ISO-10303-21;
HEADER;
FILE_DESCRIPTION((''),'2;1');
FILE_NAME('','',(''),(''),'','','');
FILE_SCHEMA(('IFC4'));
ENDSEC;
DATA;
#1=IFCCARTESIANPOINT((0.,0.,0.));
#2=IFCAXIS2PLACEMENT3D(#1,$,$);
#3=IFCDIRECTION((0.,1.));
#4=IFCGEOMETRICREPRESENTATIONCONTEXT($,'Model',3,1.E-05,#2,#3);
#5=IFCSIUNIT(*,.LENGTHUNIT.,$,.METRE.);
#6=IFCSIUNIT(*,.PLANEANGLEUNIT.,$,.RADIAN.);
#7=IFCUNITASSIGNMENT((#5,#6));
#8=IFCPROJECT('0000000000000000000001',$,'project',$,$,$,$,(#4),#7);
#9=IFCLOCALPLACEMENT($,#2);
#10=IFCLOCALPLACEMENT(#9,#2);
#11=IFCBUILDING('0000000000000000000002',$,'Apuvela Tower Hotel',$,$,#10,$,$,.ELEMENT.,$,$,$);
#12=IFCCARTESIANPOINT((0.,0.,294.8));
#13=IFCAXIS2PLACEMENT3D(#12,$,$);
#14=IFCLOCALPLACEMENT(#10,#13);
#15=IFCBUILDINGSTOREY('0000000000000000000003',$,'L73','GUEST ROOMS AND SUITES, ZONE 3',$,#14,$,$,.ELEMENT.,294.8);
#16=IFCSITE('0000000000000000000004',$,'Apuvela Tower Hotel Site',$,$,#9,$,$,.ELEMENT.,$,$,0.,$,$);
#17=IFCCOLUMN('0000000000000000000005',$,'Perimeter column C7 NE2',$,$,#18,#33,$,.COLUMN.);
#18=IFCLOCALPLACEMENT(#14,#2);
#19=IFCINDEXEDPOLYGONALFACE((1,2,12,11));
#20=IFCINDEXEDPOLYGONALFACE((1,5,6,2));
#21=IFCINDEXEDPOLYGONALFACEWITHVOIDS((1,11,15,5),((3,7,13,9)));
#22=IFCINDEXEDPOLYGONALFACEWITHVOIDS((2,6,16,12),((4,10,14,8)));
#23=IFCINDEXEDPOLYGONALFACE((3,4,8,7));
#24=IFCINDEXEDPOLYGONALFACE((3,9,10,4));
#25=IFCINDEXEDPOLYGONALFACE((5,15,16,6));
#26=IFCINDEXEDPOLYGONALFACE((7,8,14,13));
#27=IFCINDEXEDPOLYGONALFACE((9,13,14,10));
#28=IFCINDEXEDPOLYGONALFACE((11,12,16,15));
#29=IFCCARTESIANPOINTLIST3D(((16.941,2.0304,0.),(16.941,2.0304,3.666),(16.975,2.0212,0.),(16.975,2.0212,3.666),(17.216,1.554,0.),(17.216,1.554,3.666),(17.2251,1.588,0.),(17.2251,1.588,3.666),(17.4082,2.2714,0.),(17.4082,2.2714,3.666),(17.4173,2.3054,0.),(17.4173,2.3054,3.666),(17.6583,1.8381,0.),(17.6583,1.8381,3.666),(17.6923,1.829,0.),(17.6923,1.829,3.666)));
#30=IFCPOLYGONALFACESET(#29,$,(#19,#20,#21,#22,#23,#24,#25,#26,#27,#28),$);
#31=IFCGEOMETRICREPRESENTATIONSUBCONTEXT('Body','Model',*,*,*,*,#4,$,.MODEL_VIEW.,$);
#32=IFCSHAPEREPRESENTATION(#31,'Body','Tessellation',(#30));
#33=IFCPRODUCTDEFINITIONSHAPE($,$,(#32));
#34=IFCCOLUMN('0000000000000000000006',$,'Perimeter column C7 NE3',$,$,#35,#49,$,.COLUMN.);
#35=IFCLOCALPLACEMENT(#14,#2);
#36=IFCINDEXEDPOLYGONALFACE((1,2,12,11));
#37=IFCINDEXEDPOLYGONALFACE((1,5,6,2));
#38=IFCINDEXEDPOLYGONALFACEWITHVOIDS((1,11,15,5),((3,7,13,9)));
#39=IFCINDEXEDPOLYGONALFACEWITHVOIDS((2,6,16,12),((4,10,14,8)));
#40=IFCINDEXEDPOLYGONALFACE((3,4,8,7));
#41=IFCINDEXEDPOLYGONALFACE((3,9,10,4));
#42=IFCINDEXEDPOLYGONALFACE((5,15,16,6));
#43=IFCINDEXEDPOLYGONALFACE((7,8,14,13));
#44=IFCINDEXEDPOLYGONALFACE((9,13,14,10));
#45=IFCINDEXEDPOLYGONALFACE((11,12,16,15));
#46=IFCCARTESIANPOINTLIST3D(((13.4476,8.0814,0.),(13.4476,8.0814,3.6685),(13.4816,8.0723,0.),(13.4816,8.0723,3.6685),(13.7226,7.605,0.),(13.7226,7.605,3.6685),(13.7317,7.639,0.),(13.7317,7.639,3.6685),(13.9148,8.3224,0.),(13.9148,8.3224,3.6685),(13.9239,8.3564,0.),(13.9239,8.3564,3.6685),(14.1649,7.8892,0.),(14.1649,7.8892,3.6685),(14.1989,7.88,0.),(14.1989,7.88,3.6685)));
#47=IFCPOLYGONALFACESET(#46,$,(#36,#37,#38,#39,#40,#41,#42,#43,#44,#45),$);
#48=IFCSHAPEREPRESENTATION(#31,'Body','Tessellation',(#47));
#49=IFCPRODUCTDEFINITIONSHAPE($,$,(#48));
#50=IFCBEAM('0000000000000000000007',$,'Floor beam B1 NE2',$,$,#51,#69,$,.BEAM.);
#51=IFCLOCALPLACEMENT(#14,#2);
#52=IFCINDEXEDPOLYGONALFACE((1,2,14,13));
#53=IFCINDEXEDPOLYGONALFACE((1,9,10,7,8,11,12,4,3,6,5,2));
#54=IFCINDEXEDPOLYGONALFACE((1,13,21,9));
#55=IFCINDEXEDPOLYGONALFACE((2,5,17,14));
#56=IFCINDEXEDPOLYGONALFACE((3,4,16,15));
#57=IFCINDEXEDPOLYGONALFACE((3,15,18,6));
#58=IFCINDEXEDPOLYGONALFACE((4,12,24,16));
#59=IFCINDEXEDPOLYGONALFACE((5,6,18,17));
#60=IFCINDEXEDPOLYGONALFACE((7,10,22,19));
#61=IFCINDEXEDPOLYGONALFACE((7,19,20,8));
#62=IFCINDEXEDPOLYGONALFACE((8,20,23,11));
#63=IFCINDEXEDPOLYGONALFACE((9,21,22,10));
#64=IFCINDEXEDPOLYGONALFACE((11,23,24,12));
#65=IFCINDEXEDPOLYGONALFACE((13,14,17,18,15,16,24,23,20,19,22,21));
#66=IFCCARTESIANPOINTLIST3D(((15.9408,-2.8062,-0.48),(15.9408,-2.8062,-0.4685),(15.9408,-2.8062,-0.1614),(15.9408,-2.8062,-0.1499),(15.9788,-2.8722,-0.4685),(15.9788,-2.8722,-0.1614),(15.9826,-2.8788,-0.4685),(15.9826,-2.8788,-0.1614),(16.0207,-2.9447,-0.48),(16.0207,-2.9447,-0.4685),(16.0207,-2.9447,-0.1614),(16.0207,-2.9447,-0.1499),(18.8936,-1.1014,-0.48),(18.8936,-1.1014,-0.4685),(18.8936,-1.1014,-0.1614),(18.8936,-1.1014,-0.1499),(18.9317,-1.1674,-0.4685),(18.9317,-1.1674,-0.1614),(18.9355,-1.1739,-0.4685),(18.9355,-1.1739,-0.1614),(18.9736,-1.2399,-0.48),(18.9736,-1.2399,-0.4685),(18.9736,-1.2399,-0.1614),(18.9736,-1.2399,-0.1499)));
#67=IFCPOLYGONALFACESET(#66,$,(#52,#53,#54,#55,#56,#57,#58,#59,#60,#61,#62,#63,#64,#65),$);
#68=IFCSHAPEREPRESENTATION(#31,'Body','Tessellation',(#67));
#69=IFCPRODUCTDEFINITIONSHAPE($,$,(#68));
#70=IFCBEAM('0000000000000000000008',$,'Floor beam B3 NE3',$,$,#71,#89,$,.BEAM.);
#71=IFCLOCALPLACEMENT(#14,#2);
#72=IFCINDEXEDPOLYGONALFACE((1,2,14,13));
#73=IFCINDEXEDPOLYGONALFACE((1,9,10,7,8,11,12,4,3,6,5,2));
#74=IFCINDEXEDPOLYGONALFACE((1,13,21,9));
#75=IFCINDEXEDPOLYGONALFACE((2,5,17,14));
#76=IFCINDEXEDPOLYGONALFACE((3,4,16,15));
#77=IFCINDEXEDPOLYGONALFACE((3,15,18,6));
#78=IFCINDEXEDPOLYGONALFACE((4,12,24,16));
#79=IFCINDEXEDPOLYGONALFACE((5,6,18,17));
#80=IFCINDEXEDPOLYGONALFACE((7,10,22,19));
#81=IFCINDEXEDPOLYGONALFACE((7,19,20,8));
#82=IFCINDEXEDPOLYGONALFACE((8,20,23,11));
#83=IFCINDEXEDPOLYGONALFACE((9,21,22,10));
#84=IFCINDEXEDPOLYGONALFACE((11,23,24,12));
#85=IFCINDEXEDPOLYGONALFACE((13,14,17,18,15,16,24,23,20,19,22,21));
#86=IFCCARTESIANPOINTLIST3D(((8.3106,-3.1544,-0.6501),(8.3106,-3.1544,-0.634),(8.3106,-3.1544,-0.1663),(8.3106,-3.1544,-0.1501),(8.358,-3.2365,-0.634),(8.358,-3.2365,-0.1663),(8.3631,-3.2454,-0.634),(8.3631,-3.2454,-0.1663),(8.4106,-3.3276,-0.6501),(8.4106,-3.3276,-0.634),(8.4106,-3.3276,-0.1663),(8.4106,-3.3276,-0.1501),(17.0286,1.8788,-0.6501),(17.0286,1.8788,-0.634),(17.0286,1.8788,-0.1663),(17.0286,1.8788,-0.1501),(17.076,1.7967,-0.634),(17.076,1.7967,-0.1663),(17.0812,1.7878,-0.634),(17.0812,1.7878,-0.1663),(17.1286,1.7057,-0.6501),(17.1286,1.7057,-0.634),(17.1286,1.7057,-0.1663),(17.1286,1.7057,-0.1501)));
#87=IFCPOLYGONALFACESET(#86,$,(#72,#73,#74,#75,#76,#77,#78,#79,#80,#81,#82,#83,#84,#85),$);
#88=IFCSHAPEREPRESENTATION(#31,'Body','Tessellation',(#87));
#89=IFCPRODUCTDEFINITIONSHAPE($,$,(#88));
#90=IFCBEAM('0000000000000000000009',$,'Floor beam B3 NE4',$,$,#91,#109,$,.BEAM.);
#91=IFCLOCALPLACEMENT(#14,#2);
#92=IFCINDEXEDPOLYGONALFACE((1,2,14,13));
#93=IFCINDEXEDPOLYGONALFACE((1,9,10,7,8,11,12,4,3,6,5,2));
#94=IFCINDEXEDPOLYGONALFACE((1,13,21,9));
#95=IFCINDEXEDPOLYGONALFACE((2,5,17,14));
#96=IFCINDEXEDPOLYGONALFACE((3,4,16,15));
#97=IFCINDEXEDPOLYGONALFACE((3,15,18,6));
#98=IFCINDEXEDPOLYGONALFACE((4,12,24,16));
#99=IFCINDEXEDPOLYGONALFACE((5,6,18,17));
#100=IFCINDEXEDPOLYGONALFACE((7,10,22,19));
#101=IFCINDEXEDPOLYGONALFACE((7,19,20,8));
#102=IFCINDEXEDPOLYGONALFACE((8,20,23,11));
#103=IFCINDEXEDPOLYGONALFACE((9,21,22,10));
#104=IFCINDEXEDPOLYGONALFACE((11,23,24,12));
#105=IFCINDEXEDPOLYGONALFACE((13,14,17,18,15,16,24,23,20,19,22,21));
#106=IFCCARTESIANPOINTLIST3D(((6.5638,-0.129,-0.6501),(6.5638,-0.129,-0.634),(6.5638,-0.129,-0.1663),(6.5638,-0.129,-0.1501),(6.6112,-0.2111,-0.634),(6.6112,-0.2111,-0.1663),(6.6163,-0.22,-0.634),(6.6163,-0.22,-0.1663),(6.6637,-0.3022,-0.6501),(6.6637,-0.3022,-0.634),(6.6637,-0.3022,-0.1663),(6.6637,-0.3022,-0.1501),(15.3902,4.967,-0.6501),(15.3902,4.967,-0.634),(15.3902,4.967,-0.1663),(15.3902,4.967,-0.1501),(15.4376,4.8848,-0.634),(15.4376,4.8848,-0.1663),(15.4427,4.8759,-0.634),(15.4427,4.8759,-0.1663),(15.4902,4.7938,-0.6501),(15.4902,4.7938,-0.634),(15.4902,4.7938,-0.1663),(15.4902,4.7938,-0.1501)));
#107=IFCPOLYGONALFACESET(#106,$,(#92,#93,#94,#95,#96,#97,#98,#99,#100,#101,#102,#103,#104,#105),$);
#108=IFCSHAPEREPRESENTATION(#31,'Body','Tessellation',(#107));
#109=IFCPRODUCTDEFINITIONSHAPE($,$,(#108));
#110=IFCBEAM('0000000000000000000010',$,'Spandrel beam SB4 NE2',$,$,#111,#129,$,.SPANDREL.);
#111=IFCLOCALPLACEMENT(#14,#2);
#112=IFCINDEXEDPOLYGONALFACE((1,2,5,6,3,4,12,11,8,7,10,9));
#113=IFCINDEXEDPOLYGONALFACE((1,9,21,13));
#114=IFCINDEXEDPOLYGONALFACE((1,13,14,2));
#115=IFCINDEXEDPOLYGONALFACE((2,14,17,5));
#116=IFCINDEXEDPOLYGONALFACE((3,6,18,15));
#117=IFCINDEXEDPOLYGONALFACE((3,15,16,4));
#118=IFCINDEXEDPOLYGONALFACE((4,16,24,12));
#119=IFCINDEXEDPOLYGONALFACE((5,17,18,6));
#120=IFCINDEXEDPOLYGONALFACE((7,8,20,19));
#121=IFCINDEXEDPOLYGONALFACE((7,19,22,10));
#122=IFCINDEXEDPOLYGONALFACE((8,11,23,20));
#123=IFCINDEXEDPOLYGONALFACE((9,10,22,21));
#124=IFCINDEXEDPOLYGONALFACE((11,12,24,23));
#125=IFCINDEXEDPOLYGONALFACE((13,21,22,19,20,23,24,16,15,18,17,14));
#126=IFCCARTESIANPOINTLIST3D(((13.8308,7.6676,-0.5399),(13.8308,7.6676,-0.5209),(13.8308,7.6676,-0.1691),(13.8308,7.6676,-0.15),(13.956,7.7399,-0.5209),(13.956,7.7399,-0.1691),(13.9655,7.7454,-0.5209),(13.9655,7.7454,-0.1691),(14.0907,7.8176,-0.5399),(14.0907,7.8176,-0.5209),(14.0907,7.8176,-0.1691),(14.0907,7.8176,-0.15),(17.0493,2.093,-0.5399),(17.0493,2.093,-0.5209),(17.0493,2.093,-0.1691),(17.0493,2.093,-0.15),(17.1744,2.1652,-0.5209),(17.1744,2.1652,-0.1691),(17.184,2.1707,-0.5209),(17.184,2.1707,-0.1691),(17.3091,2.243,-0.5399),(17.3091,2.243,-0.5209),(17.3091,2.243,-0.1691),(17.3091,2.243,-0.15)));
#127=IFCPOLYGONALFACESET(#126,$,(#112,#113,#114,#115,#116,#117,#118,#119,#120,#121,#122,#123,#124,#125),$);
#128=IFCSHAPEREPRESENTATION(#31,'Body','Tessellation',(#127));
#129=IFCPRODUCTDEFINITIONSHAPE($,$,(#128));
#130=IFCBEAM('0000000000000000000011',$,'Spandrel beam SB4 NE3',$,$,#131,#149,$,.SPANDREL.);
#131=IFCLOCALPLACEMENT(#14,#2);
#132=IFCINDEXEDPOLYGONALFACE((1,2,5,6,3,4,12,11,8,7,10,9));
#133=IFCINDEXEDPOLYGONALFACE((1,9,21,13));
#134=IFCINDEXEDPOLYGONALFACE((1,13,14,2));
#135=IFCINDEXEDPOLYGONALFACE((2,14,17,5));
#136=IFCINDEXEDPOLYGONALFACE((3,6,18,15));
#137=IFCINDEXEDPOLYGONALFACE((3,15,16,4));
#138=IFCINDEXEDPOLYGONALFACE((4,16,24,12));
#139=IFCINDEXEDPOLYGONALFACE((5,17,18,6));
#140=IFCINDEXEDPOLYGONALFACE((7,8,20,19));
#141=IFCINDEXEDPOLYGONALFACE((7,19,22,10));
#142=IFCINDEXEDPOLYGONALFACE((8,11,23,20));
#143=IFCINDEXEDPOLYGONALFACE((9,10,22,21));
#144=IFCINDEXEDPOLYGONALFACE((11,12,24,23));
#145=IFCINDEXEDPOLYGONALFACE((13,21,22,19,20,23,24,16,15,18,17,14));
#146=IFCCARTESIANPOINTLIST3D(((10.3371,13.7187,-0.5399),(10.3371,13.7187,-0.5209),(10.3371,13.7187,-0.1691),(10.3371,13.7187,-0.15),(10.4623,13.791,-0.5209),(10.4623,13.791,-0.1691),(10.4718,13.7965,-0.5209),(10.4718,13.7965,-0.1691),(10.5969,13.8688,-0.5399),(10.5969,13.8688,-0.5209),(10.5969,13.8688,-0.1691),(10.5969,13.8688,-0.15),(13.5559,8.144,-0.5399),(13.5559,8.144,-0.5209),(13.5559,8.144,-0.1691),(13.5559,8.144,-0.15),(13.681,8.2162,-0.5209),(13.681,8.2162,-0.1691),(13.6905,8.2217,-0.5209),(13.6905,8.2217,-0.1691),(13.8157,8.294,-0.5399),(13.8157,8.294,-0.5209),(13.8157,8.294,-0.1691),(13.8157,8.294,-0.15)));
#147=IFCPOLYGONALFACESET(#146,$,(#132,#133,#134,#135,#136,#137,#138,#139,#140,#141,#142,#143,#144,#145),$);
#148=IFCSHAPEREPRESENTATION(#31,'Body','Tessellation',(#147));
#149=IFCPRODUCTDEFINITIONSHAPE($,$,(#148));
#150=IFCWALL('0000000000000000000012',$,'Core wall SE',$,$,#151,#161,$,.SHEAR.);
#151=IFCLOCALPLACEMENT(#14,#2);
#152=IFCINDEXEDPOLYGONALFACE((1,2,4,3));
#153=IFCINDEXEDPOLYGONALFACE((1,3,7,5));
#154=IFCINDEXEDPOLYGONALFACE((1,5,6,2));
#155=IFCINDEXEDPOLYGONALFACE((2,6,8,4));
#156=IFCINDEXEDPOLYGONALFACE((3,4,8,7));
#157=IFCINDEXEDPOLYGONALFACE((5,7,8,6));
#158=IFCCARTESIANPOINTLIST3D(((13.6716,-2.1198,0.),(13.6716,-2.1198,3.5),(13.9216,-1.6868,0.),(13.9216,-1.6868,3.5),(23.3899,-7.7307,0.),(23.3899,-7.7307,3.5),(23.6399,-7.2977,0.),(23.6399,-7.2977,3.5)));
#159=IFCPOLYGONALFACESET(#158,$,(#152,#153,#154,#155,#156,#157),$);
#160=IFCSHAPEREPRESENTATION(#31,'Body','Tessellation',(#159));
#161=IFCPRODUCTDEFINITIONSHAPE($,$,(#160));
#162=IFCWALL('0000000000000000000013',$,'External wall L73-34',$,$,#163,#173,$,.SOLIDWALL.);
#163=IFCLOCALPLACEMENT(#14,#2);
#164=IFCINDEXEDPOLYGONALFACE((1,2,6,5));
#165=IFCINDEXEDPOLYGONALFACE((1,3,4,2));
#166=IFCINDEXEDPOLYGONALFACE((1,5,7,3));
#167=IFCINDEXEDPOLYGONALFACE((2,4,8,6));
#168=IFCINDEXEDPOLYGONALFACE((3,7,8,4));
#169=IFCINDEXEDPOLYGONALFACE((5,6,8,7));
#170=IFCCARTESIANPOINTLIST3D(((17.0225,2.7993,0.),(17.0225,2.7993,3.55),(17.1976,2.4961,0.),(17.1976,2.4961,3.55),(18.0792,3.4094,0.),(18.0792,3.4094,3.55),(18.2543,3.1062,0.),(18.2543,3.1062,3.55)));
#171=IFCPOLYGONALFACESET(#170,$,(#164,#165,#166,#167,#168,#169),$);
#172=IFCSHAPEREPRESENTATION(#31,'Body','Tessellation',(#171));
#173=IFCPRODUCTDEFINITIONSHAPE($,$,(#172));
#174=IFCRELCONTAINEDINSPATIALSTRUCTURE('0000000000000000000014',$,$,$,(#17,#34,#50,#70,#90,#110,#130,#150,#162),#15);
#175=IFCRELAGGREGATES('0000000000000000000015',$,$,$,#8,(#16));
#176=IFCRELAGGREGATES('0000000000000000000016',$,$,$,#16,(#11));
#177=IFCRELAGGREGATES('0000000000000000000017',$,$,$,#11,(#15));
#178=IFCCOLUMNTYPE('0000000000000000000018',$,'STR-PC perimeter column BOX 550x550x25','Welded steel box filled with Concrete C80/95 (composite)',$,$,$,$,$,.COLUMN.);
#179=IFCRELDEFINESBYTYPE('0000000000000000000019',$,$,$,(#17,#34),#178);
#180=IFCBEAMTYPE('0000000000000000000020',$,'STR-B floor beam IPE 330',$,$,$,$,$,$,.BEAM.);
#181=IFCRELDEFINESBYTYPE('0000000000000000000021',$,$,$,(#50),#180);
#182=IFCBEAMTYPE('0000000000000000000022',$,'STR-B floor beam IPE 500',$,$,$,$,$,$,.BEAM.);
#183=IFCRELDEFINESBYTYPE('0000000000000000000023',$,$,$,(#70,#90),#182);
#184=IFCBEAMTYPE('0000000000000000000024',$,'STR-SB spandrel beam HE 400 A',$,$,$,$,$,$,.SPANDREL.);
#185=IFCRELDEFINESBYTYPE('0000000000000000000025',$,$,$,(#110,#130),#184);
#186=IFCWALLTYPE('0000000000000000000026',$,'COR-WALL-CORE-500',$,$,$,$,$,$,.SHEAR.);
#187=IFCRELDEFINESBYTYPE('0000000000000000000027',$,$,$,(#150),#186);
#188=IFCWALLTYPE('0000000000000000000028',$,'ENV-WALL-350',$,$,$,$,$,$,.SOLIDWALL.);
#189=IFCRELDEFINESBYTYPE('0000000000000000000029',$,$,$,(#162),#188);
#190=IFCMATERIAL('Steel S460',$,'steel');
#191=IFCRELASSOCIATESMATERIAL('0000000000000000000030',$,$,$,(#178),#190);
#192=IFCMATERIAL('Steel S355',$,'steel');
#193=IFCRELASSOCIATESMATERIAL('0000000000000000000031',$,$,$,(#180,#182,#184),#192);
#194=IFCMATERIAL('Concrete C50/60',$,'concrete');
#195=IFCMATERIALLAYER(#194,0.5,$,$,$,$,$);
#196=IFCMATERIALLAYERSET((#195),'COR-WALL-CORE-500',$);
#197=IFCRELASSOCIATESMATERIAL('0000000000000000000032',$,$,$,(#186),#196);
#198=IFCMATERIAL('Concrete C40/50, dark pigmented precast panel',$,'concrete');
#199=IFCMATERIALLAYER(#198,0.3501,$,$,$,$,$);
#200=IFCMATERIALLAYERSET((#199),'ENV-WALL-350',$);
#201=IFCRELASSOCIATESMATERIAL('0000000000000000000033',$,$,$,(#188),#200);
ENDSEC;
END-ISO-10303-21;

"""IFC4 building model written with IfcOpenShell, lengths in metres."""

from ifc_helpers import new_model, si_unit, direction, frame, frame_2d, origin, origin_2d, place, context, subcontext, project, spatial, rectangle, hollow_rectangle, i_section, extrude, boolean, halfspace, material, layer, layer_set, material_profile, profile_set, type_object, element, save


model = new_model("IFC4")

# Units and contexts
model_context = context("Model", 3, precision=1e-05, world=origin(), true_north=direction((0.0, 1.0)))
body_context = subcontext(model_context, "Body", "Model", "MODEL_VIEW")
ifc_project = project(units=[si_unit("LENGTHUNIT", "METRE"), si_unit("PLANEANGLEUNIT", "RADIAN")], contexts=[model_context])

# Site, building, storey
site_placement = place(None, origin())
site = spatial("IfcSite", under=ifc_project, at=site_placement, Name="Apuvela Tower Hotel Site", CompositionType="ELEMENT", RefElevation=0.0)
building_placement = place(site_placement, origin())
building = spatial("IfcBuilding", under=site, at=building_placement, Name="Apuvela Tower Hotel", CompositionType="ELEMENT")
storey_placement = place(building_placement, frame((0.0, 0.0, 294.8)))
storey = spatial("IfcBuildingStorey", under=building, at=storey_placement, Name="L73", Description="GUEST ROOMS AND SUITES, ZONE 3", CompositionType="ELEMENT", Elevation=294.8)

# Columns
ifc_material_1 = material(Name="Steel S460", Category="steel")
ifc_material_profile_1 = material_profile(ifc_material_1, hollow_rectangle(XDim=0.55, YDim=0.55, WallThickness=0.0249, at=origin_2d()), Name="BOX 550x550x25")
ifc_material_2 = material(Name="Concrete C80/95", Category="concrete")
ifc_material_profile_2 = material_profile(ifc_material_2, rectangle(XDim=0.5, YDim=0.5, at=origin_2d()), Name="Concrete C80/95 infill")
ifc_profile_set_1 = profile_set([ifc_material_profile_1, ifc_material_profile_2], Name="Steel S460")
column_type = type_object("IfcColumnType", Name="STR-PC perimeter column BOX 550x550x25", Description="Welded steel box filled with Concrete C80/95 (composite)", PredefinedType="COLUMN", material=ifc_profile_set_1)
column_1_placement = place(storey_placement, frame((17.3167, 1.9297, 0.0), z_axis=(0.0, 0.0, 1.0), x_axis=(-0.5, 0.866025, 0.0)))
element("IfcColumn", 1, at=column_1_placement, inside=storey, type_object=column_type, Name="Perimeter column C7 NE2", PredefinedType="COLUMN", context=body_context, shape_type="SweptSolid", body=[
    boolean("DIFFERENCE", extrude(hollow_rectangle(XDim=0.55, YDim=0.55, WallThickness=0.0249, at=origin_2d()), origin(), (0.0, 0.0, 1.0), 3.7), halfspace(frame((0.0, 0.0, 3.666), z_axis=(0.0, 0.0, 1.0), x_axis=(1.0, 0.0, 0.0)), False)),
])
column_2_placement = place(storey_placement, frame((13.8232, 7.9807, 0.0), z_axis=(0.0, 0.0, 1.0), x_axis=(-0.5, 0.866025, 0.0)))
element("IfcColumn", 2, at=column_2_placement, inside=storey, type_object=column_type, Name="Perimeter column C7 NE3", PredefinedType="COLUMN", context=body_context, shape_type="SweptSolid", body=[
    boolean("DIFFERENCE", extrude(hollow_rectangle(XDim=0.55, YDim=0.55, WallThickness=0.0249, at=origin_2d()), origin(), (0.0, 0.0, 1.0), 3.7), halfspace(frame((0.0, 0.0, 3.6685), z_axis=(0.0, 0.0, 1.0), x_axis=(1.0, 0.0, 0.0)), False)),
])

# Beams
ifc_material_3 = material(Name="Steel S355", Category="steel")
ifc_material_profile_3 = material_profile(ifc_material_3, i_section(OverallWidth=0.1599, OverallDepth=0.3301, WebThickness=0.0076, FlangeThickness=0.0115, at=origin_2d()), Name="IPE 330")
ifc_profile_set_2 = profile_set([ifc_material_profile_3], Name="Steel S355")
beam_type_1 = type_object("IfcBeamType", Name="STR-B floor beam IPE 330", PredefinedType="BEAM", material=ifc_profile_set_2)
beam_1_placement = place(storey_placement, frame((18.9336, -1.1707, -0.3149), z_axis=(-0.866027, -0.499997, 0.0), x_axis=(0.499997, -0.866027, 0.0)))
element("IfcBeam", 3, at=beam_1_placement, inside=storey, type_object=beam_type_1, Name="Floor beam B1 NE2", PredefinedType="BEAM", context=body_context, shape_type="SweptSolid", body=[
    extrude(i_section(OverallWidth=0.1599, OverallDepth=0.3301, WebThickness=0.0076, FlangeThickness=0.0115, at=origin_2d()), origin(), (0.0, 0.0, 1.0), 3.4097),
])
ifc_material_profile_4 = material_profile(ifc_material_3, i_section(OverallWidth=0.2, OverallDepth=0.5, WebThickness=0.0103, FlangeThickness=0.0161, at=origin_2d()), Name="IPE 500")
ifc_profile_set_3 = profile_set([ifc_material_profile_4], Name="Steel S355")
beam_type_2 = type_object("IfcBeamType", Name="STR-B floor beam IPE 500", PredefinedType="BEAM", material=ifc_profile_set_3)
beam_2_placement = place(storey_placement, frame((17.0786, 1.7922, -0.4001), z_axis=(-0.866032, -0.499989, 0.0), x_axis=(0.499989, -0.866032, 0.0)))
element("IfcBeam", 4, at=beam_2_placement, inside=storey, type_object=beam_type_2, Name="Floor beam B3 NE3", PredefinedType="BEAM", context=body_context, shape_type="SweptSolid", body=[
    extrude(i_section(OverallWidth=0.2, OverallDepth=0.5, WebThickness=0.0103, FlangeThickness=0.0161, at=origin_2d()), origin(), (0.0, 0.0, 1.0), 10.0667),
])
beam_3_placement = place(storey_placement, frame((15.4402, 4.8804, -0.4001), z_axis=(-0.866025, -0.500001, 0.0), x_axis=(0.500001, -0.866025, 0.0)))
element("IfcBeam", 5, at=beam_3_placement, inside=storey, type_object=beam_type_2, Name="Floor beam B3 NE4", PredefinedType="BEAM", context=body_context, shape_type="SweptSolid", body=[
    extrude(i_section(OverallWidth=0.2, OverallDepth=0.5, WebThickness=0.0103, FlangeThickness=0.0161, at=origin_2d()), origin(), (0.0, 0.0, 1.0), 10.1919),
])
ifc_material_profile_5 = material_profile(ifc_material_3, i_section(OverallWidth=0.3, OverallDepth=0.3899, WebThickness=0.011, FlangeThickness=0.019, at=origin_2d()), Name="HE 400 A")
ifc_profile_set_4 = profile_set([ifc_material_profile_5], Name="Steel S355")
beam_type_3 = type_object("IfcBeamType", Name="STR-SB spandrel beam HE 400 A", PredefinedType="SPANDREL", material=ifc_profile_set_4)
beam_4_placement = place(storey_placement, frame((17.1792, 2.168, -0.345), z_axis=(-0.499994, 0.866029, 0.0), x_axis=(-0.866029, -0.499994, 0.0)))
element("IfcBeam", 6, at=beam_4_placement, inside=storey, type_object=beam_type_3, Name="Spandrel beam SB4 NE2", PredefinedType="SPANDREL", context=body_context, shape_type="SweptSolid", body=[
    extrude(i_section(OverallWidth=0.3, OverallDepth=0.3899, WebThickness=0.011, FlangeThickness=0.019, at=origin_2d()), origin(), (0.0, 0.0, 1.0), 6.437),
])
beam_5_placement = place(storey_placement, frame((13.6858, 8.219, -0.345), z_axis=(-0.500022, 0.866013, 0.0), x_axis=(-0.866013, -0.500022, 0.0)))
element("IfcBeam", 7, at=beam_5_placement, inside=storey, type_object=beam_type_3, Name="Spandrel beam SB4 NE3", PredefinedType="SPANDREL", context=body_context, shape_type="SweptSolid", body=[
    extrude(i_section(OverallWidth=0.3, OverallDepth=0.3899, WebThickness=0.011, FlangeThickness=0.019, at=origin_2d()), origin(), (0.0, 0.0, 1.0), 6.4373),
])

# Walls
ifc_material_4 = material(Name="Concrete C50/60", Category="concrete")
ifc_layer_1 = layer(ifc_material_4, 0.5)
ifc_layer_set_1 = layer_set([ifc_layer_1], Name="COR-WALL-CORE-500")
wall_type_1 = type_object("IfcWallType", Name="COR-WALL-CORE-500", PredefinedType="SHEAR", material=ifc_layer_set_1)
wall_1_placement = place(storey_placement, frame((13.7966, -1.9033, 0.0), z_axis=(0.0, 0.0, 1.0), x_axis=(0.866025, -0.5, 0.0)))
element("IfcWall", 8, at=wall_1_placement, inside=storey, type_object=wall_type_1, Name="Core wall SE", PredefinedType="SHEAR", context=body_context, shape_type="SweptSolid", body=[
    extrude(rectangle(XDim=11.2217, YDim=0.5, at=frame_2d((5.6108, 0.0))), origin(), (0.0, 0.0, 1.0), 3.5),
])
ifc_material_5 = material(Name="Concrete C40/50, dark pigmented precast panel", Category="concrete")
ifc_layer_2 = layer(ifc_material_5, 0.3501)
ifc_layer_set_2 = layer_set([ifc_layer_2], Name="ENV-WALL-350")
wall_type_2 = type_object("IfcWallType", Name="ENV-WALL-350", PredefinedType="SOLIDWALL", material=ifc_layer_set_2)
wall_2_placement = place(storey_placement, frame((18.1667, 3.2578, 0.0), z_axis=(0.0, 0.0, 1.0), x_axis=(-0.866006, -0.500034, 0.0)))
element("IfcWall", 9, at=wall_2_placement, inside=storey, type_object=wall_type_2, Name="External wall L73-34", PredefinedType="SOLIDWALL", context=body_context, shape_type="SweptSolid", body=[
    extrude(rectangle(XDim=1.2202, YDim=0.3501, at=frame_2d((0.6101, 0.0))), origin(), (0.0, 0.0, 1.0), 3.55),
])

save(model, "model.ifc")
